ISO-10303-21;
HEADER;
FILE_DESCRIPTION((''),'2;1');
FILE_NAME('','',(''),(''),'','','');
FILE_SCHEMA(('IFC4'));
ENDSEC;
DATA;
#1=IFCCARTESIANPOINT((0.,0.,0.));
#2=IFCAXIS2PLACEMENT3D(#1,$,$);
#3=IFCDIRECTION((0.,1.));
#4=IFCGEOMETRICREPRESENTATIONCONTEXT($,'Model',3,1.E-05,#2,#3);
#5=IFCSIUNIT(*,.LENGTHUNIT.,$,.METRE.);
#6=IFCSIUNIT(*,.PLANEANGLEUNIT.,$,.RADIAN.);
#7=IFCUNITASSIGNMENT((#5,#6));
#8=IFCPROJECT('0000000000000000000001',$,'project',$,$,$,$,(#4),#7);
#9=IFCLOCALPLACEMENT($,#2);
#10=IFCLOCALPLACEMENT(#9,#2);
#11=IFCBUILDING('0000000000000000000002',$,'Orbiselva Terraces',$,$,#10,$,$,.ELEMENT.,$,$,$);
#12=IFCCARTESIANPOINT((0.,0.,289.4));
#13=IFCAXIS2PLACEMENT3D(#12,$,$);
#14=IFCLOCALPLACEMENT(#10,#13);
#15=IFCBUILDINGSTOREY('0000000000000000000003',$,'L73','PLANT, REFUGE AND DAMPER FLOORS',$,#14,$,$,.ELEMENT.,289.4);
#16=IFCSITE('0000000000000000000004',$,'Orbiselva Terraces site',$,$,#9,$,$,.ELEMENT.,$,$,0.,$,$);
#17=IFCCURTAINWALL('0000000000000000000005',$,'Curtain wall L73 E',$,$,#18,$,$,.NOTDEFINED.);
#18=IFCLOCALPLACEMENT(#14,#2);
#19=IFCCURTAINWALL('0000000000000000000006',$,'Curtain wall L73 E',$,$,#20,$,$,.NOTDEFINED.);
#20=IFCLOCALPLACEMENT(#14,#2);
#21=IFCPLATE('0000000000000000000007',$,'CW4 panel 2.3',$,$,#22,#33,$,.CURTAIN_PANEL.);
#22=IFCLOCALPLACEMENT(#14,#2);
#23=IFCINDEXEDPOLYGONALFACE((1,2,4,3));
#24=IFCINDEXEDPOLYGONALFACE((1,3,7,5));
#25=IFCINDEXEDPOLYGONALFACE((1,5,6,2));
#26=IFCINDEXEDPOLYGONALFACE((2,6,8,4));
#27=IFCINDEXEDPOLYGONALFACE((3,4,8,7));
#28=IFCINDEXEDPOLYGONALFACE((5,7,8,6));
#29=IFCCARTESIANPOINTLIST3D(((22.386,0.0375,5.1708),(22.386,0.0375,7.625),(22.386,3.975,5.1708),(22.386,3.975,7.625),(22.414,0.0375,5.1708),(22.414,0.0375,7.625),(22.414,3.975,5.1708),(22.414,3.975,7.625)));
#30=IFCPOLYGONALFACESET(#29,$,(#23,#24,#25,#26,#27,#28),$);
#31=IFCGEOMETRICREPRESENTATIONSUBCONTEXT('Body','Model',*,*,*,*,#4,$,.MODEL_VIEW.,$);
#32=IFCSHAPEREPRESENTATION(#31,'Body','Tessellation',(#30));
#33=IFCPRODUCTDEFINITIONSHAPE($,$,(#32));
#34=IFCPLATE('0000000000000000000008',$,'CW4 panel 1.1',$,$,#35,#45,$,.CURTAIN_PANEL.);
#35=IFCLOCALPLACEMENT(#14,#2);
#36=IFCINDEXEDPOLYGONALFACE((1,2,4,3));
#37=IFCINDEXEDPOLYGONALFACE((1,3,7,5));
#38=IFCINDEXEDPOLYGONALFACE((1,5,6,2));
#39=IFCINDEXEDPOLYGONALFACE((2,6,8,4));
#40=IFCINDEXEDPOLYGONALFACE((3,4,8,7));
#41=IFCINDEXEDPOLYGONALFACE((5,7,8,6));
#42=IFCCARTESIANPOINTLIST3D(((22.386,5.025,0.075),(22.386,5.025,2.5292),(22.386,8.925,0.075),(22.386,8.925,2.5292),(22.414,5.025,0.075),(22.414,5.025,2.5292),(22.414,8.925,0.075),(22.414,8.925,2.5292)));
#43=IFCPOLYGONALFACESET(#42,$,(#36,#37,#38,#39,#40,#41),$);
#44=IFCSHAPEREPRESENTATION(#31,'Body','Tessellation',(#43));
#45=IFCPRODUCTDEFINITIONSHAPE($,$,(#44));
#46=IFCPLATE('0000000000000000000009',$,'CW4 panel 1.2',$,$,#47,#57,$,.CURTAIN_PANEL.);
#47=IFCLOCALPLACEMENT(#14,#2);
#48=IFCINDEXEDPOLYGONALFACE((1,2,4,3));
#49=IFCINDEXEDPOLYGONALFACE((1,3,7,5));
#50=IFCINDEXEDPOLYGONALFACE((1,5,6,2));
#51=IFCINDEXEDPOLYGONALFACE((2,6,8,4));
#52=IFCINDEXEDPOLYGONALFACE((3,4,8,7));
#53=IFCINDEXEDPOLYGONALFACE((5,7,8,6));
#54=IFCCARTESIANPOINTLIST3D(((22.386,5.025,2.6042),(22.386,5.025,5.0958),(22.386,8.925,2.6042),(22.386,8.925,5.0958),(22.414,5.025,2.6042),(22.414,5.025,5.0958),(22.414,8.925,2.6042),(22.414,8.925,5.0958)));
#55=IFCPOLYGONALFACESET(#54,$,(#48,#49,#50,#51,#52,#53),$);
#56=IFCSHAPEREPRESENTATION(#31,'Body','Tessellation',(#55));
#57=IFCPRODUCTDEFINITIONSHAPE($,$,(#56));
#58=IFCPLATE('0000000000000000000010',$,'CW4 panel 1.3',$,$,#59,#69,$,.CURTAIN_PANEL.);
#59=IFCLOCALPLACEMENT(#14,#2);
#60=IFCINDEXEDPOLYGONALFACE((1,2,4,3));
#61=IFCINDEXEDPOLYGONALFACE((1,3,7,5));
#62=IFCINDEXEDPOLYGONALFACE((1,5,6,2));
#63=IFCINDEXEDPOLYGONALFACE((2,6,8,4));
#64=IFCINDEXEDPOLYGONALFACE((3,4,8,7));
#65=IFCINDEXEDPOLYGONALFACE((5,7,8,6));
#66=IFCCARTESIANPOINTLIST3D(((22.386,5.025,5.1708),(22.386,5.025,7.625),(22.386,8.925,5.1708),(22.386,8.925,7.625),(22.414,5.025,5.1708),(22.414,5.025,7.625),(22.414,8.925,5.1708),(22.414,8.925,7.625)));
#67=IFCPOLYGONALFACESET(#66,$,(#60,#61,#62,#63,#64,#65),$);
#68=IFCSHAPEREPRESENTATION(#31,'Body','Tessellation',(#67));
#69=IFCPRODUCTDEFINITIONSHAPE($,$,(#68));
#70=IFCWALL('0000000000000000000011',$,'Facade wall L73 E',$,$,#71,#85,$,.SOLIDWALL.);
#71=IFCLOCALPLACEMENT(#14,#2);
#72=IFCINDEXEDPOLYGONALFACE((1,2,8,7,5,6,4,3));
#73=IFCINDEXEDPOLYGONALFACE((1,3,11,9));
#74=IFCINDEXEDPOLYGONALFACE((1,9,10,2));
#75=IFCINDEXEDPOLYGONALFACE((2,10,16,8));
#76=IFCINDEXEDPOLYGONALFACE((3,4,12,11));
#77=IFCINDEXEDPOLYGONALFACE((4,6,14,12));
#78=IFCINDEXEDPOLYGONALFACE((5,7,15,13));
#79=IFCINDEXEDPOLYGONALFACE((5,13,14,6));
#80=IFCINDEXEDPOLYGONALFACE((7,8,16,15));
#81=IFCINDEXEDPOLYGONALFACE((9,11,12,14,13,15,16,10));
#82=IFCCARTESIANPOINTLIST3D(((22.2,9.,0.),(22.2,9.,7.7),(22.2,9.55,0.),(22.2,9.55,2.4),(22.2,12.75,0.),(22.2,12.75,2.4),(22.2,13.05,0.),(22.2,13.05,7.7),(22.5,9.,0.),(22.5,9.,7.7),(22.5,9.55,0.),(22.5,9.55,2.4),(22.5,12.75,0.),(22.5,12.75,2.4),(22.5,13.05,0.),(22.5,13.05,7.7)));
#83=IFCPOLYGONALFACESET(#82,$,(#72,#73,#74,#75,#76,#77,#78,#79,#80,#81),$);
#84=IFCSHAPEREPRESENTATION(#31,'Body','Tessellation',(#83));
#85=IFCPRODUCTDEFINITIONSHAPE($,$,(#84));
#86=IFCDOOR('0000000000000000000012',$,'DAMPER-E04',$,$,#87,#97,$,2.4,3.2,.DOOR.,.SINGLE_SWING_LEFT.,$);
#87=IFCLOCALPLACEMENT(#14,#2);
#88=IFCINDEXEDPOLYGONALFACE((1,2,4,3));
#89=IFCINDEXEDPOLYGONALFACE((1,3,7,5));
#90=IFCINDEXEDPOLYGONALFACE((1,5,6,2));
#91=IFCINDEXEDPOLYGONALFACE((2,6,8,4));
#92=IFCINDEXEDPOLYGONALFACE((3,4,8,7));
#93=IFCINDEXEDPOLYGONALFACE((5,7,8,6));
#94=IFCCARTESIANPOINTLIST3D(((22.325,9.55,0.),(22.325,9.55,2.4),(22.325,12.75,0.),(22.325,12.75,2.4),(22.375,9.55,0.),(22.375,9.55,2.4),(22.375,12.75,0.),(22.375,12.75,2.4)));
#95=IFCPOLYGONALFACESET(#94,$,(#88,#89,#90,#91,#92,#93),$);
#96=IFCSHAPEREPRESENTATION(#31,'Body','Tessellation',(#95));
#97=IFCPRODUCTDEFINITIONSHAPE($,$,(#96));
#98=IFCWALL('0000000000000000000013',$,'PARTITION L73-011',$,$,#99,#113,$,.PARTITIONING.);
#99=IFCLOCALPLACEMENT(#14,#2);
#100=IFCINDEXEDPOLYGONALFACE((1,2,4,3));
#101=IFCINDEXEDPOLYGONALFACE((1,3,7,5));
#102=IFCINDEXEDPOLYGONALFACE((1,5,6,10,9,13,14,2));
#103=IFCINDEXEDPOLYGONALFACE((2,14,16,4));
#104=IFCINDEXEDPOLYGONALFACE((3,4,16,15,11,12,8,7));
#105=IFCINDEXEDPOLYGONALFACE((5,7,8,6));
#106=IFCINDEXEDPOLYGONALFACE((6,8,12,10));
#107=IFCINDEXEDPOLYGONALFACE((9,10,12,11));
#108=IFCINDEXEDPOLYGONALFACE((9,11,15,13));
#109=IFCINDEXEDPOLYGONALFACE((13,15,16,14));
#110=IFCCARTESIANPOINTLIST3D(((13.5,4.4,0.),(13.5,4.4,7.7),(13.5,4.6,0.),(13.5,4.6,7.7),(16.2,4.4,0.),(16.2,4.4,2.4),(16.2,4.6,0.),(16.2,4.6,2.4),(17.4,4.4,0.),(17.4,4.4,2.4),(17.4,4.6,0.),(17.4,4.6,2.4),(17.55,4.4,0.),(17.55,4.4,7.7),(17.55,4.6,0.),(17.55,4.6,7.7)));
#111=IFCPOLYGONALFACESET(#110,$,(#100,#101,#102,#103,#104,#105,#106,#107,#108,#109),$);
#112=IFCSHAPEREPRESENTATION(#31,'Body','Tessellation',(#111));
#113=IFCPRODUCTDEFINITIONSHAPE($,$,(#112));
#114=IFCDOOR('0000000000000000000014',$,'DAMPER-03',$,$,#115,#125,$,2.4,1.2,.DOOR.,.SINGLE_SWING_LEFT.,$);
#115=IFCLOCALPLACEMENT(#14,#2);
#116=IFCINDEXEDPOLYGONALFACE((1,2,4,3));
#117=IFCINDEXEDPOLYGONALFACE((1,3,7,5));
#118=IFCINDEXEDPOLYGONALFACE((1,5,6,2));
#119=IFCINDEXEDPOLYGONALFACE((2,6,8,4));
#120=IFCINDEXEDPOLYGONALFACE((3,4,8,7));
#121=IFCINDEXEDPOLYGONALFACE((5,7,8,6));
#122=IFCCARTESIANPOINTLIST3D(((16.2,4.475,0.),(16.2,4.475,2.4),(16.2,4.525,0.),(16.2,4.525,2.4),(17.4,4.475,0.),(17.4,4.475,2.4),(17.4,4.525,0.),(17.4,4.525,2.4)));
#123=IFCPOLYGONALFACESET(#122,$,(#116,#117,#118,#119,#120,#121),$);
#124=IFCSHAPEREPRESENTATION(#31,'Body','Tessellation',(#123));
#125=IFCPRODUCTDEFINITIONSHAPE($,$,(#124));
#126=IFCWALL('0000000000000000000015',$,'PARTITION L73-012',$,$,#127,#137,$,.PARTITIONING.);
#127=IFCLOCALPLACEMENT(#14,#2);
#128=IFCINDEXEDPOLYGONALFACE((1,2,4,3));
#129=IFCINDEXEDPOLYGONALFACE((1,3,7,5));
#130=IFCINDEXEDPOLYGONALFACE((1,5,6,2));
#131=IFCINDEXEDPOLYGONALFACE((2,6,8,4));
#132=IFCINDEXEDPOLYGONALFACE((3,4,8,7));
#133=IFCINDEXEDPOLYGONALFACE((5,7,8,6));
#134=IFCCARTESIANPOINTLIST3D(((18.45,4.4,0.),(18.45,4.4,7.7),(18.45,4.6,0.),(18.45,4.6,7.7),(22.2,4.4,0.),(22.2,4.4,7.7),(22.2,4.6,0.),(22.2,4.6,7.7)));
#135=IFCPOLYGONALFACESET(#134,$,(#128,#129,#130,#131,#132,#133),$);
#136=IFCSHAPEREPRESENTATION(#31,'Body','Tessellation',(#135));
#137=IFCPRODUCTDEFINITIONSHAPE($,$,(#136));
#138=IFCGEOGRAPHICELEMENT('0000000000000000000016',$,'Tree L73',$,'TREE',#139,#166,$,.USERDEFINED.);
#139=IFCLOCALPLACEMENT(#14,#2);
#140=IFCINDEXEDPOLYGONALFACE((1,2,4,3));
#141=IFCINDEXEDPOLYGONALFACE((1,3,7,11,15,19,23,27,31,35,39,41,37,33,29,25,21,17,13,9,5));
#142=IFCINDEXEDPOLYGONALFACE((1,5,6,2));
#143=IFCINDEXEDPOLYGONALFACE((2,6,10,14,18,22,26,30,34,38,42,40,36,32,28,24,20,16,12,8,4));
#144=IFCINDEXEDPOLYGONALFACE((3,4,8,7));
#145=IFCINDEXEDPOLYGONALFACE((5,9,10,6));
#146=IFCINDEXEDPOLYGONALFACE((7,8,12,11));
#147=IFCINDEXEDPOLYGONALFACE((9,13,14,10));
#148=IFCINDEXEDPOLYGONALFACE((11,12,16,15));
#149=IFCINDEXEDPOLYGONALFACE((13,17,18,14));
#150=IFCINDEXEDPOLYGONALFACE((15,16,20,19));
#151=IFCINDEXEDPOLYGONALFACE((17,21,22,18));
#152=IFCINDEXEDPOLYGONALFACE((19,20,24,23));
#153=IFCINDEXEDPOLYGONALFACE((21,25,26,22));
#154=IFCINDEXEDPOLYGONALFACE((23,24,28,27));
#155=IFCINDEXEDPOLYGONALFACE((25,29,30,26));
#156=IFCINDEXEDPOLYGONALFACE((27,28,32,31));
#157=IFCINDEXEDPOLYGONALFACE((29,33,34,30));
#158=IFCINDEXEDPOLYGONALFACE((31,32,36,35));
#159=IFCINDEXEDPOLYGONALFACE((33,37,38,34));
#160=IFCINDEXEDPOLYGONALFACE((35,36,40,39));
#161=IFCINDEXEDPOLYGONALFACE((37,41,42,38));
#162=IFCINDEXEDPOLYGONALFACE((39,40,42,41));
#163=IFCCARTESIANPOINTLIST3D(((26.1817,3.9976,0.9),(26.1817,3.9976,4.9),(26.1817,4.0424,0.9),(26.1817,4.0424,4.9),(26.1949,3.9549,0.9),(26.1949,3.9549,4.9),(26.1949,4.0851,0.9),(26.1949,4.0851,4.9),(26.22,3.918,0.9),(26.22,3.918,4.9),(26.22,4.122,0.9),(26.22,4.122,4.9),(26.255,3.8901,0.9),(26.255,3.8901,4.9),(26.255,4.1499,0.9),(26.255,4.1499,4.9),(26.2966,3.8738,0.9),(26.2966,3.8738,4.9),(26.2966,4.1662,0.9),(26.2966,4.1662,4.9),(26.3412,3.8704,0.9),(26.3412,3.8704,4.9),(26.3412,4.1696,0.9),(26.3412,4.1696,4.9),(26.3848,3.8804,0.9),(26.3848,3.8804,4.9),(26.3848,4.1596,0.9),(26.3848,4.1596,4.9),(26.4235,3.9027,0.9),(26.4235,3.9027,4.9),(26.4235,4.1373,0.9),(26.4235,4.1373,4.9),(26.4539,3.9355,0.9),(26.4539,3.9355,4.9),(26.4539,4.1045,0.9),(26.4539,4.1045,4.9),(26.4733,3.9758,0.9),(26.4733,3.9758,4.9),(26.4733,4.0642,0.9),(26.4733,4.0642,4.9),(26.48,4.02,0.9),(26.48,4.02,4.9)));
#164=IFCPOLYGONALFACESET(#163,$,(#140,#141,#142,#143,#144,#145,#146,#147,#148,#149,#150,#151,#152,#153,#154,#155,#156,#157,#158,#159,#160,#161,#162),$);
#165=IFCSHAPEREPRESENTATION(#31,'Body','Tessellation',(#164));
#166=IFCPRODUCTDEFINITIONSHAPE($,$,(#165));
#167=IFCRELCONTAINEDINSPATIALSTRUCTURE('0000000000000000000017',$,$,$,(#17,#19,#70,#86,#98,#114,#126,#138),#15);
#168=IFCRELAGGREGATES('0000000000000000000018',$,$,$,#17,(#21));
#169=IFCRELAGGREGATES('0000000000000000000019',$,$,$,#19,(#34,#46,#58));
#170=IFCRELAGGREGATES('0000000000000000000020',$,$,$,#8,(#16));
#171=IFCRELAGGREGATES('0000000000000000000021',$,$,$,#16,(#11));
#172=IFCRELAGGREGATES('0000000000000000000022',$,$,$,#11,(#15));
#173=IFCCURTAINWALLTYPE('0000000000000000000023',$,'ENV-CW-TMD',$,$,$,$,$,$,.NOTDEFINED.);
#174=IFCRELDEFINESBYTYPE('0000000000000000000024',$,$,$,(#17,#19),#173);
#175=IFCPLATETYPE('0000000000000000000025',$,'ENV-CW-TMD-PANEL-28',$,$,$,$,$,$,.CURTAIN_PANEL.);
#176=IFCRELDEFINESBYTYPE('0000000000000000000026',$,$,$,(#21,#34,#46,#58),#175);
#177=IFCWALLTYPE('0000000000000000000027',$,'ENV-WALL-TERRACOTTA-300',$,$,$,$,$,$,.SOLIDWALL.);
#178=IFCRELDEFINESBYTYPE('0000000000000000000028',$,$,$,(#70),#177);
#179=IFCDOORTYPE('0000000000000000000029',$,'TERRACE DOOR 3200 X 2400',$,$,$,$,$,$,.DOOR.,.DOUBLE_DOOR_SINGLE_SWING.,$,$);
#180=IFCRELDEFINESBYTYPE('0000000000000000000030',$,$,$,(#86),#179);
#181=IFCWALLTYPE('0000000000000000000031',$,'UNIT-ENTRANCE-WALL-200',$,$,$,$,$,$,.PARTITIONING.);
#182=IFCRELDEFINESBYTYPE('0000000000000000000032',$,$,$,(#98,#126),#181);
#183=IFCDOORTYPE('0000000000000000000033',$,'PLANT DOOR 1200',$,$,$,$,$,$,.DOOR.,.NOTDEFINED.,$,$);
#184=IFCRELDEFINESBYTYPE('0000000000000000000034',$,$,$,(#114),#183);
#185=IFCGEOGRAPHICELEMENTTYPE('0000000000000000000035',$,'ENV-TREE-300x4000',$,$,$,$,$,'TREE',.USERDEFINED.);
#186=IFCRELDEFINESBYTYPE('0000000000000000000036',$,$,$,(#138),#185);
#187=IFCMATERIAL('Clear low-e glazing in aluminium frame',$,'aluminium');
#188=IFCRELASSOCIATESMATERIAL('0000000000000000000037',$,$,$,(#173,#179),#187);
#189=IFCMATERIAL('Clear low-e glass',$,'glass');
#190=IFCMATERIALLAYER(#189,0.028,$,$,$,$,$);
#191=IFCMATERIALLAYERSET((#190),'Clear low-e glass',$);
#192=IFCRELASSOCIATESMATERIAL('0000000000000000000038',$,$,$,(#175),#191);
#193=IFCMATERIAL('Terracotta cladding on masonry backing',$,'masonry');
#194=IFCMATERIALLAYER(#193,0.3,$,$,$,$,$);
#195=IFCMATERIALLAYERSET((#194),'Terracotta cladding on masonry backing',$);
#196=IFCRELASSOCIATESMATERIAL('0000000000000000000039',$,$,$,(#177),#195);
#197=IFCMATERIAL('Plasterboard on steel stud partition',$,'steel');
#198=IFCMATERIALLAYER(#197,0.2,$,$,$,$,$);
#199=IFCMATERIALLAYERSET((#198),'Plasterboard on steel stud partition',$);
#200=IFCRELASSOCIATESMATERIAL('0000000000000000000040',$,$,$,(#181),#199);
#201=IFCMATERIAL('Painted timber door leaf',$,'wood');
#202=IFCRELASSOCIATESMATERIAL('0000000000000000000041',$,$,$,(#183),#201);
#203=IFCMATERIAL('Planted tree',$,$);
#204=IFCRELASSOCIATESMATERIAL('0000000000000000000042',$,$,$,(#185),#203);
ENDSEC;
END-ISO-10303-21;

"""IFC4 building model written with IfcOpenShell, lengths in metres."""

from ifc_helpers import new_model, si_unit, direction, frame, frame_2d, origin, origin_2d, place, context, subcontext, project, spatial, rectangle, circle, extrude, material, layer, layer_set, type_object, element, fill, aggregate, save


model = new_model("IFC4")

# Units and contexts
model_context = context("Model", 3, precision=1e-05, world=origin(), true_north=direction((0.0, 1.0)))
body_context = subcontext(model_context, "Body", "Model", "MODEL_VIEW")
ifc_project = project(units=[si_unit("LENGTHUNIT", "METRE"), si_unit("PLANEANGLEUNIT", "RADIAN")], contexts=[model_context])

# Site, building, storey
site_placement = place(None, origin())
site = spatial("IfcSite", under=ifc_project, at=site_placement, Name="Orbiselva Terraces site", CompositionType="ELEMENT", RefElevation=0.0)
building_placement = place(site_placement, origin())
building = spatial("IfcBuilding", under=site, at=building_placement, Name="Orbiselva Terraces", CompositionType="ELEMENT")
storey_placement = place(building_placement, frame((0.0, 0.0, 289.4)))
storey = spatial("IfcBuildingStorey", under=building, at=storey_placement, Name="L73", Description="PLANT, REFUGE AND DAMPER FLOORS", CompositionType="ELEMENT", Elevation=289.4)

# Curtain wall
ifc_material_1 = material(Name="Clear low-e glazing in aluminium frame", Category="aluminium")
curtain_wall_type = type_object("IfcCurtainWallType", Name="ENV-CW-TMD", PredefinedType="NOTDEFINED", material=ifc_material_1)
curtain_wall_1_placement = place(storey_placement, origin())
curtain_wall_1 = element("IfcCurtainWall", 1, at=curtain_wall_1_placement, inside=storey, type_object=curtain_wall_type, Name="Curtain wall L73 E", PredefinedType="NOTDEFINED")

# Curtain wall
curtain_wall_2_placement = place(storey_placement, origin())
curtain_wall_2 = element("IfcCurtainWall", 2, at=curtain_wall_2_placement, inside=storey, type_object=curtain_wall_type, Name="Curtain wall L73 E", PredefinedType="NOTDEFINED")

# Plates
ifc_material_2 = material(Name="Clear low-e glass", Category="glass")
ifc_layer_1 = layer(ifc_material_2, 0.028)
ifc_layer_set_1 = layer_set([ifc_layer_1], Name="Clear low-e glass")
plate_type = type_object("IfcPlateType", Name="ENV-CW-TMD-PANEL-28", PredefinedType="CURTAIN_PANEL", material=ifc_layer_set_1)
plate_1_placement = place(storey_placement, frame((22.4, 2.0063, 5.1708), z_axis=(0.0, 0.0, 1.0), x_axis=(0.0, 1.0, 0.0)))
plate_1 = element("IfcPlate", 3, at=plate_1_placement, type_object=plate_type, Name="CW4 panel 2.3", PredefinedType="CURTAIN_PANEL", context=body_context, shape_type="SweptSolid", body=[
    extrude(rectangle(XDim=3.9375, YDim=0.028, at=origin_2d()), origin(), (0.0, 0.0, 1.0), 2.4542),
])
aggregate(curtain_wall_1, [plate_1])
plate_2_placement = place(storey_placement, frame((22.4, 6.975, 0.075), z_axis=(0.0, 0.0, 1.0), x_axis=(0.0, 1.0, 0.0)))
plate_2 = element("IfcPlate", 4, at=plate_2_placement, type_object=plate_type, Name="CW4 panel 1.1", PredefinedType="CURTAIN_PANEL", context=body_context, shape_type="SweptSolid", body=[
    extrude(rectangle(XDim=3.9, YDim=0.028, at=origin_2d()), origin(), (0.0, 0.0, 1.0), 2.4542),
])
plate_3_placement = place(storey_placement, frame((22.4, 6.975, 2.6042), z_axis=(0.0, 0.0, 1.0), x_axis=(0.0, 1.0, 0.0)))
plate_3 = element("IfcPlate", 5, at=plate_3_placement, type_object=plate_type, Name="CW4 panel 1.2", PredefinedType="CURTAIN_PANEL", context=body_context, shape_type="SweptSolid", body=[
    extrude(rectangle(XDim=3.9, YDim=0.028, at=origin_2d()), origin(), (0.0, 0.0, 1.0), 2.4917),
])
plate_4_placement = place(storey_placement, frame((22.4, 6.975, 5.1708), z_axis=(0.0, 0.0, 1.0), x_axis=(0.0, 1.0, 0.0)))
plate_4 = element("IfcPlate", 6, at=plate_4_placement, type_object=plate_type, Name="CW4 panel 1.3", PredefinedType="CURTAIN_PANEL", context=body_context, shape_type="SweptSolid", body=[
    extrude(rectangle(XDim=3.9, YDim=0.028, at=origin_2d()), origin(), (0.0, 0.0, 1.0), 2.4542),
])
aggregate(curtain_wall_2, [plate_2, plate_3, plate_4])

# Walls, openings, doors
ifc_material_3 = material(Name="Terracotta cladding on masonry backing", Category="masonry")
ifc_layer_2 = layer(ifc_material_3, 0.3)
ifc_layer_set_2 = layer_set([ifc_layer_2], Name="Terracotta cladding on masonry backing")
wall_type_1 = type_object("IfcWallType", Name="ENV-WALL-TERRACOTTA-300", PredefinedType="SOLIDWALL", material=ifc_layer_set_2)
wall_1_placement = place(storey_placement, frame((22.35, 13.05, 0.0), z_axis=(0.0, 0.0, 1.0), x_axis=(0.0, -1.0, 0.0)))
wall_1 = element("IfcWall", 7, at=wall_1_placement, inside=storey, type_object=wall_type_1, Name="Facade wall L73 E", PredefinedType="SOLIDWALL", context=body_context, shape_type="SweptSolid", body=[
    extrude(rectangle(XDim=4.05, YDim=0.3, at=frame_2d((2.025, 0.0))), origin(), (0.0, 0.0, 1.0), 7.7),
])
opening_1_placement = place(wall_1_placement, frame((0.3, 0.0, 0.0)))
opening_1 = element("IfcOpeningElement", 8, at=opening_1_placement, cuts=wall_1, PredefinedType="OPENING", context=body_context, shape_type="SweptSolid", body=[
    extrude(rectangle(XDim=3.2, YDim=2.4, at=frame_2d((1.6, 1.2))), frame((0.0, 0.16, 0.0), z_axis=(0.0, -1.0, 0.0), x_axis=(1.0, 0.0, 0.0)), (0.0, 0.0, 1.0), 0.32),
])
door_type_1 = type_object("IfcDoorType", Name="TERRACE DOOR 3200 X 2400", OperationType="DOUBLE_DOOR_SINGLE_SWING", PredefinedType="DOOR", material=ifc_material_1)
door_1_placement = place(opening_1_placement, origin())
door_1 = element("IfcDoor", 9, at=door_1_placement, inside=storey, type_object=door_type_1, Name="DAMPER-E04", OperationType="SINGLE_SWING_LEFT", OverallHeight=2.4, OverallWidth=3.2, PredefinedType="DOOR", context=body_context, shape_type="SweptSolid", body=[
    extrude(rectangle(XDim=3.2, YDim=2.4, at=frame_2d((1.6, 1.2))), frame((0.0, 0.025, 0.0), z_axis=(0.0, -1.0, 0.0), x_axis=(1.0, 0.0, 0.0)), (0.0, 0.0, 1.0), 0.05),
])
fill(opening_1, door_1)
ifc_material_4 = material(Name="Plasterboard on steel stud partition", Category="steel")
ifc_layer_3 = layer(ifc_material_4, 0.2)
ifc_layer_set_3 = layer_set([ifc_layer_3], Name="Plasterboard on steel stud partition")
wall_type_2 = type_object("IfcWallType", Name="UNIT-ENTRANCE-WALL-200", PredefinedType="PARTITIONING", material=ifc_layer_set_3)
wall_2_placement = place(storey_placement, frame((17.55, 4.5, 0.0), z_axis=(0.0, 0.0, 1.0), x_axis=(-1.0, 0.0, 0.0)))
wall_2 = element("IfcWall", 10, at=wall_2_placement, inside=storey, type_object=wall_type_2, Name="PARTITION L73-011", PredefinedType="PARTITIONING", context=body_context, shape_type="SweptSolid", body=[
    extrude(rectangle(XDim=4.05, YDim=0.2, at=frame_2d((2.025, 0.0))), origin(), (0.0, 0.0, 1.0), 7.7),
])
opening_2_placement = place(wall_2_placement, frame((0.15, 0.0, 0.0)))
opening_2 = element("IfcOpeningElement", 11, at=opening_2_placement, cuts=wall_2, PredefinedType="OPENING", context=body_context, shape_type="SweptSolid", body=[
    extrude(rectangle(XDim=1.2, YDim=2.4, at=frame_2d((0.6, 1.2))), frame((0.0, 0.11, 0.0), z_axis=(0.0, -1.0, 0.0), x_axis=(1.0, 0.0, 0.0)), (0.0, 0.0, 1.0), 0.22),
])
ifc_material_5 = material(Name="Painted timber door leaf", Category="wood")
door_type_2 = type_object("IfcDoorType", Name="PLANT DOOR 1200", OperationType="NOTDEFINED", PredefinedType="DOOR", material=ifc_material_5)
door_2_placement = place(opening_2_placement, origin())
door_2 = element("IfcDoor", 12, at=door_2_placement, inside=storey, type_object=door_type_2, Name="DAMPER-03", OperationType="SINGLE_SWING_LEFT", OverallHeight=2.4, OverallWidth=1.2, PredefinedType="DOOR", context=body_context, shape_type="SweptSolid", body=[
    extrude(rectangle(XDim=1.2, YDim=2.4, at=frame_2d((0.6, 1.2))), frame((0.0, 0.025, 0.0), z_axis=(0.0, -1.0, 0.0), x_axis=(1.0, 0.0, 0.0)), (0.0, 0.0, 1.0), 0.05),
])
fill(opening_2, door_2)

# Wall
wall_3_placement = place(storey_placement, frame((18.45, 4.5, 0.0), z_axis=(0.0, 0.0, 1.0), x_axis=(1.0, 0.0, 0.0)))
element("IfcWall", 13, at=wall_3_placement, inside=storey, type_object=wall_type_2, Name="PARTITION L73-012", PredefinedType="PARTITIONING", context=body_context, shape_type="SweptSolid", body=[
    extrude(rectangle(XDim=3.75, YDim=0.2, at=frame_2d((1.875, 0.0))), origin(), (0.0, 0.0, 1.0), 7.7),
])

# Geographic element
ifc_material_6 = material(Name="Planted tree")
geographic_element_type = type_object("IfcGeographicElementType", Name="ENV-TREE-300x4000", ElementType="TREE", PredefinedType="USERDEFINED", material=ifc_material_6)
for number, where, z_axis, x_axis, name in (
    (14, (26.33, 4.02, 4.9), (0.0, 0.0, -1.0), (1.0, 0.0, 0.0), "Tree L73"),
):
    element("IfcGeographicElement", number, at=place(storey_placement, frame(where, z_axis=z_axis, x_axis=x_axis)), inside=storey, type_object=geographic_element_type, Name=name, ObjectType="TREE", PredefinedType="USERDEFINED", context=body_context, shape_type="SweptSolid", body=[
        extrude(circle(Radius=0.15, at=origin_2d()), origin(), (0.0, 0.0, 1.0), 4.0),
    ])

save(model, "model.ifc")
